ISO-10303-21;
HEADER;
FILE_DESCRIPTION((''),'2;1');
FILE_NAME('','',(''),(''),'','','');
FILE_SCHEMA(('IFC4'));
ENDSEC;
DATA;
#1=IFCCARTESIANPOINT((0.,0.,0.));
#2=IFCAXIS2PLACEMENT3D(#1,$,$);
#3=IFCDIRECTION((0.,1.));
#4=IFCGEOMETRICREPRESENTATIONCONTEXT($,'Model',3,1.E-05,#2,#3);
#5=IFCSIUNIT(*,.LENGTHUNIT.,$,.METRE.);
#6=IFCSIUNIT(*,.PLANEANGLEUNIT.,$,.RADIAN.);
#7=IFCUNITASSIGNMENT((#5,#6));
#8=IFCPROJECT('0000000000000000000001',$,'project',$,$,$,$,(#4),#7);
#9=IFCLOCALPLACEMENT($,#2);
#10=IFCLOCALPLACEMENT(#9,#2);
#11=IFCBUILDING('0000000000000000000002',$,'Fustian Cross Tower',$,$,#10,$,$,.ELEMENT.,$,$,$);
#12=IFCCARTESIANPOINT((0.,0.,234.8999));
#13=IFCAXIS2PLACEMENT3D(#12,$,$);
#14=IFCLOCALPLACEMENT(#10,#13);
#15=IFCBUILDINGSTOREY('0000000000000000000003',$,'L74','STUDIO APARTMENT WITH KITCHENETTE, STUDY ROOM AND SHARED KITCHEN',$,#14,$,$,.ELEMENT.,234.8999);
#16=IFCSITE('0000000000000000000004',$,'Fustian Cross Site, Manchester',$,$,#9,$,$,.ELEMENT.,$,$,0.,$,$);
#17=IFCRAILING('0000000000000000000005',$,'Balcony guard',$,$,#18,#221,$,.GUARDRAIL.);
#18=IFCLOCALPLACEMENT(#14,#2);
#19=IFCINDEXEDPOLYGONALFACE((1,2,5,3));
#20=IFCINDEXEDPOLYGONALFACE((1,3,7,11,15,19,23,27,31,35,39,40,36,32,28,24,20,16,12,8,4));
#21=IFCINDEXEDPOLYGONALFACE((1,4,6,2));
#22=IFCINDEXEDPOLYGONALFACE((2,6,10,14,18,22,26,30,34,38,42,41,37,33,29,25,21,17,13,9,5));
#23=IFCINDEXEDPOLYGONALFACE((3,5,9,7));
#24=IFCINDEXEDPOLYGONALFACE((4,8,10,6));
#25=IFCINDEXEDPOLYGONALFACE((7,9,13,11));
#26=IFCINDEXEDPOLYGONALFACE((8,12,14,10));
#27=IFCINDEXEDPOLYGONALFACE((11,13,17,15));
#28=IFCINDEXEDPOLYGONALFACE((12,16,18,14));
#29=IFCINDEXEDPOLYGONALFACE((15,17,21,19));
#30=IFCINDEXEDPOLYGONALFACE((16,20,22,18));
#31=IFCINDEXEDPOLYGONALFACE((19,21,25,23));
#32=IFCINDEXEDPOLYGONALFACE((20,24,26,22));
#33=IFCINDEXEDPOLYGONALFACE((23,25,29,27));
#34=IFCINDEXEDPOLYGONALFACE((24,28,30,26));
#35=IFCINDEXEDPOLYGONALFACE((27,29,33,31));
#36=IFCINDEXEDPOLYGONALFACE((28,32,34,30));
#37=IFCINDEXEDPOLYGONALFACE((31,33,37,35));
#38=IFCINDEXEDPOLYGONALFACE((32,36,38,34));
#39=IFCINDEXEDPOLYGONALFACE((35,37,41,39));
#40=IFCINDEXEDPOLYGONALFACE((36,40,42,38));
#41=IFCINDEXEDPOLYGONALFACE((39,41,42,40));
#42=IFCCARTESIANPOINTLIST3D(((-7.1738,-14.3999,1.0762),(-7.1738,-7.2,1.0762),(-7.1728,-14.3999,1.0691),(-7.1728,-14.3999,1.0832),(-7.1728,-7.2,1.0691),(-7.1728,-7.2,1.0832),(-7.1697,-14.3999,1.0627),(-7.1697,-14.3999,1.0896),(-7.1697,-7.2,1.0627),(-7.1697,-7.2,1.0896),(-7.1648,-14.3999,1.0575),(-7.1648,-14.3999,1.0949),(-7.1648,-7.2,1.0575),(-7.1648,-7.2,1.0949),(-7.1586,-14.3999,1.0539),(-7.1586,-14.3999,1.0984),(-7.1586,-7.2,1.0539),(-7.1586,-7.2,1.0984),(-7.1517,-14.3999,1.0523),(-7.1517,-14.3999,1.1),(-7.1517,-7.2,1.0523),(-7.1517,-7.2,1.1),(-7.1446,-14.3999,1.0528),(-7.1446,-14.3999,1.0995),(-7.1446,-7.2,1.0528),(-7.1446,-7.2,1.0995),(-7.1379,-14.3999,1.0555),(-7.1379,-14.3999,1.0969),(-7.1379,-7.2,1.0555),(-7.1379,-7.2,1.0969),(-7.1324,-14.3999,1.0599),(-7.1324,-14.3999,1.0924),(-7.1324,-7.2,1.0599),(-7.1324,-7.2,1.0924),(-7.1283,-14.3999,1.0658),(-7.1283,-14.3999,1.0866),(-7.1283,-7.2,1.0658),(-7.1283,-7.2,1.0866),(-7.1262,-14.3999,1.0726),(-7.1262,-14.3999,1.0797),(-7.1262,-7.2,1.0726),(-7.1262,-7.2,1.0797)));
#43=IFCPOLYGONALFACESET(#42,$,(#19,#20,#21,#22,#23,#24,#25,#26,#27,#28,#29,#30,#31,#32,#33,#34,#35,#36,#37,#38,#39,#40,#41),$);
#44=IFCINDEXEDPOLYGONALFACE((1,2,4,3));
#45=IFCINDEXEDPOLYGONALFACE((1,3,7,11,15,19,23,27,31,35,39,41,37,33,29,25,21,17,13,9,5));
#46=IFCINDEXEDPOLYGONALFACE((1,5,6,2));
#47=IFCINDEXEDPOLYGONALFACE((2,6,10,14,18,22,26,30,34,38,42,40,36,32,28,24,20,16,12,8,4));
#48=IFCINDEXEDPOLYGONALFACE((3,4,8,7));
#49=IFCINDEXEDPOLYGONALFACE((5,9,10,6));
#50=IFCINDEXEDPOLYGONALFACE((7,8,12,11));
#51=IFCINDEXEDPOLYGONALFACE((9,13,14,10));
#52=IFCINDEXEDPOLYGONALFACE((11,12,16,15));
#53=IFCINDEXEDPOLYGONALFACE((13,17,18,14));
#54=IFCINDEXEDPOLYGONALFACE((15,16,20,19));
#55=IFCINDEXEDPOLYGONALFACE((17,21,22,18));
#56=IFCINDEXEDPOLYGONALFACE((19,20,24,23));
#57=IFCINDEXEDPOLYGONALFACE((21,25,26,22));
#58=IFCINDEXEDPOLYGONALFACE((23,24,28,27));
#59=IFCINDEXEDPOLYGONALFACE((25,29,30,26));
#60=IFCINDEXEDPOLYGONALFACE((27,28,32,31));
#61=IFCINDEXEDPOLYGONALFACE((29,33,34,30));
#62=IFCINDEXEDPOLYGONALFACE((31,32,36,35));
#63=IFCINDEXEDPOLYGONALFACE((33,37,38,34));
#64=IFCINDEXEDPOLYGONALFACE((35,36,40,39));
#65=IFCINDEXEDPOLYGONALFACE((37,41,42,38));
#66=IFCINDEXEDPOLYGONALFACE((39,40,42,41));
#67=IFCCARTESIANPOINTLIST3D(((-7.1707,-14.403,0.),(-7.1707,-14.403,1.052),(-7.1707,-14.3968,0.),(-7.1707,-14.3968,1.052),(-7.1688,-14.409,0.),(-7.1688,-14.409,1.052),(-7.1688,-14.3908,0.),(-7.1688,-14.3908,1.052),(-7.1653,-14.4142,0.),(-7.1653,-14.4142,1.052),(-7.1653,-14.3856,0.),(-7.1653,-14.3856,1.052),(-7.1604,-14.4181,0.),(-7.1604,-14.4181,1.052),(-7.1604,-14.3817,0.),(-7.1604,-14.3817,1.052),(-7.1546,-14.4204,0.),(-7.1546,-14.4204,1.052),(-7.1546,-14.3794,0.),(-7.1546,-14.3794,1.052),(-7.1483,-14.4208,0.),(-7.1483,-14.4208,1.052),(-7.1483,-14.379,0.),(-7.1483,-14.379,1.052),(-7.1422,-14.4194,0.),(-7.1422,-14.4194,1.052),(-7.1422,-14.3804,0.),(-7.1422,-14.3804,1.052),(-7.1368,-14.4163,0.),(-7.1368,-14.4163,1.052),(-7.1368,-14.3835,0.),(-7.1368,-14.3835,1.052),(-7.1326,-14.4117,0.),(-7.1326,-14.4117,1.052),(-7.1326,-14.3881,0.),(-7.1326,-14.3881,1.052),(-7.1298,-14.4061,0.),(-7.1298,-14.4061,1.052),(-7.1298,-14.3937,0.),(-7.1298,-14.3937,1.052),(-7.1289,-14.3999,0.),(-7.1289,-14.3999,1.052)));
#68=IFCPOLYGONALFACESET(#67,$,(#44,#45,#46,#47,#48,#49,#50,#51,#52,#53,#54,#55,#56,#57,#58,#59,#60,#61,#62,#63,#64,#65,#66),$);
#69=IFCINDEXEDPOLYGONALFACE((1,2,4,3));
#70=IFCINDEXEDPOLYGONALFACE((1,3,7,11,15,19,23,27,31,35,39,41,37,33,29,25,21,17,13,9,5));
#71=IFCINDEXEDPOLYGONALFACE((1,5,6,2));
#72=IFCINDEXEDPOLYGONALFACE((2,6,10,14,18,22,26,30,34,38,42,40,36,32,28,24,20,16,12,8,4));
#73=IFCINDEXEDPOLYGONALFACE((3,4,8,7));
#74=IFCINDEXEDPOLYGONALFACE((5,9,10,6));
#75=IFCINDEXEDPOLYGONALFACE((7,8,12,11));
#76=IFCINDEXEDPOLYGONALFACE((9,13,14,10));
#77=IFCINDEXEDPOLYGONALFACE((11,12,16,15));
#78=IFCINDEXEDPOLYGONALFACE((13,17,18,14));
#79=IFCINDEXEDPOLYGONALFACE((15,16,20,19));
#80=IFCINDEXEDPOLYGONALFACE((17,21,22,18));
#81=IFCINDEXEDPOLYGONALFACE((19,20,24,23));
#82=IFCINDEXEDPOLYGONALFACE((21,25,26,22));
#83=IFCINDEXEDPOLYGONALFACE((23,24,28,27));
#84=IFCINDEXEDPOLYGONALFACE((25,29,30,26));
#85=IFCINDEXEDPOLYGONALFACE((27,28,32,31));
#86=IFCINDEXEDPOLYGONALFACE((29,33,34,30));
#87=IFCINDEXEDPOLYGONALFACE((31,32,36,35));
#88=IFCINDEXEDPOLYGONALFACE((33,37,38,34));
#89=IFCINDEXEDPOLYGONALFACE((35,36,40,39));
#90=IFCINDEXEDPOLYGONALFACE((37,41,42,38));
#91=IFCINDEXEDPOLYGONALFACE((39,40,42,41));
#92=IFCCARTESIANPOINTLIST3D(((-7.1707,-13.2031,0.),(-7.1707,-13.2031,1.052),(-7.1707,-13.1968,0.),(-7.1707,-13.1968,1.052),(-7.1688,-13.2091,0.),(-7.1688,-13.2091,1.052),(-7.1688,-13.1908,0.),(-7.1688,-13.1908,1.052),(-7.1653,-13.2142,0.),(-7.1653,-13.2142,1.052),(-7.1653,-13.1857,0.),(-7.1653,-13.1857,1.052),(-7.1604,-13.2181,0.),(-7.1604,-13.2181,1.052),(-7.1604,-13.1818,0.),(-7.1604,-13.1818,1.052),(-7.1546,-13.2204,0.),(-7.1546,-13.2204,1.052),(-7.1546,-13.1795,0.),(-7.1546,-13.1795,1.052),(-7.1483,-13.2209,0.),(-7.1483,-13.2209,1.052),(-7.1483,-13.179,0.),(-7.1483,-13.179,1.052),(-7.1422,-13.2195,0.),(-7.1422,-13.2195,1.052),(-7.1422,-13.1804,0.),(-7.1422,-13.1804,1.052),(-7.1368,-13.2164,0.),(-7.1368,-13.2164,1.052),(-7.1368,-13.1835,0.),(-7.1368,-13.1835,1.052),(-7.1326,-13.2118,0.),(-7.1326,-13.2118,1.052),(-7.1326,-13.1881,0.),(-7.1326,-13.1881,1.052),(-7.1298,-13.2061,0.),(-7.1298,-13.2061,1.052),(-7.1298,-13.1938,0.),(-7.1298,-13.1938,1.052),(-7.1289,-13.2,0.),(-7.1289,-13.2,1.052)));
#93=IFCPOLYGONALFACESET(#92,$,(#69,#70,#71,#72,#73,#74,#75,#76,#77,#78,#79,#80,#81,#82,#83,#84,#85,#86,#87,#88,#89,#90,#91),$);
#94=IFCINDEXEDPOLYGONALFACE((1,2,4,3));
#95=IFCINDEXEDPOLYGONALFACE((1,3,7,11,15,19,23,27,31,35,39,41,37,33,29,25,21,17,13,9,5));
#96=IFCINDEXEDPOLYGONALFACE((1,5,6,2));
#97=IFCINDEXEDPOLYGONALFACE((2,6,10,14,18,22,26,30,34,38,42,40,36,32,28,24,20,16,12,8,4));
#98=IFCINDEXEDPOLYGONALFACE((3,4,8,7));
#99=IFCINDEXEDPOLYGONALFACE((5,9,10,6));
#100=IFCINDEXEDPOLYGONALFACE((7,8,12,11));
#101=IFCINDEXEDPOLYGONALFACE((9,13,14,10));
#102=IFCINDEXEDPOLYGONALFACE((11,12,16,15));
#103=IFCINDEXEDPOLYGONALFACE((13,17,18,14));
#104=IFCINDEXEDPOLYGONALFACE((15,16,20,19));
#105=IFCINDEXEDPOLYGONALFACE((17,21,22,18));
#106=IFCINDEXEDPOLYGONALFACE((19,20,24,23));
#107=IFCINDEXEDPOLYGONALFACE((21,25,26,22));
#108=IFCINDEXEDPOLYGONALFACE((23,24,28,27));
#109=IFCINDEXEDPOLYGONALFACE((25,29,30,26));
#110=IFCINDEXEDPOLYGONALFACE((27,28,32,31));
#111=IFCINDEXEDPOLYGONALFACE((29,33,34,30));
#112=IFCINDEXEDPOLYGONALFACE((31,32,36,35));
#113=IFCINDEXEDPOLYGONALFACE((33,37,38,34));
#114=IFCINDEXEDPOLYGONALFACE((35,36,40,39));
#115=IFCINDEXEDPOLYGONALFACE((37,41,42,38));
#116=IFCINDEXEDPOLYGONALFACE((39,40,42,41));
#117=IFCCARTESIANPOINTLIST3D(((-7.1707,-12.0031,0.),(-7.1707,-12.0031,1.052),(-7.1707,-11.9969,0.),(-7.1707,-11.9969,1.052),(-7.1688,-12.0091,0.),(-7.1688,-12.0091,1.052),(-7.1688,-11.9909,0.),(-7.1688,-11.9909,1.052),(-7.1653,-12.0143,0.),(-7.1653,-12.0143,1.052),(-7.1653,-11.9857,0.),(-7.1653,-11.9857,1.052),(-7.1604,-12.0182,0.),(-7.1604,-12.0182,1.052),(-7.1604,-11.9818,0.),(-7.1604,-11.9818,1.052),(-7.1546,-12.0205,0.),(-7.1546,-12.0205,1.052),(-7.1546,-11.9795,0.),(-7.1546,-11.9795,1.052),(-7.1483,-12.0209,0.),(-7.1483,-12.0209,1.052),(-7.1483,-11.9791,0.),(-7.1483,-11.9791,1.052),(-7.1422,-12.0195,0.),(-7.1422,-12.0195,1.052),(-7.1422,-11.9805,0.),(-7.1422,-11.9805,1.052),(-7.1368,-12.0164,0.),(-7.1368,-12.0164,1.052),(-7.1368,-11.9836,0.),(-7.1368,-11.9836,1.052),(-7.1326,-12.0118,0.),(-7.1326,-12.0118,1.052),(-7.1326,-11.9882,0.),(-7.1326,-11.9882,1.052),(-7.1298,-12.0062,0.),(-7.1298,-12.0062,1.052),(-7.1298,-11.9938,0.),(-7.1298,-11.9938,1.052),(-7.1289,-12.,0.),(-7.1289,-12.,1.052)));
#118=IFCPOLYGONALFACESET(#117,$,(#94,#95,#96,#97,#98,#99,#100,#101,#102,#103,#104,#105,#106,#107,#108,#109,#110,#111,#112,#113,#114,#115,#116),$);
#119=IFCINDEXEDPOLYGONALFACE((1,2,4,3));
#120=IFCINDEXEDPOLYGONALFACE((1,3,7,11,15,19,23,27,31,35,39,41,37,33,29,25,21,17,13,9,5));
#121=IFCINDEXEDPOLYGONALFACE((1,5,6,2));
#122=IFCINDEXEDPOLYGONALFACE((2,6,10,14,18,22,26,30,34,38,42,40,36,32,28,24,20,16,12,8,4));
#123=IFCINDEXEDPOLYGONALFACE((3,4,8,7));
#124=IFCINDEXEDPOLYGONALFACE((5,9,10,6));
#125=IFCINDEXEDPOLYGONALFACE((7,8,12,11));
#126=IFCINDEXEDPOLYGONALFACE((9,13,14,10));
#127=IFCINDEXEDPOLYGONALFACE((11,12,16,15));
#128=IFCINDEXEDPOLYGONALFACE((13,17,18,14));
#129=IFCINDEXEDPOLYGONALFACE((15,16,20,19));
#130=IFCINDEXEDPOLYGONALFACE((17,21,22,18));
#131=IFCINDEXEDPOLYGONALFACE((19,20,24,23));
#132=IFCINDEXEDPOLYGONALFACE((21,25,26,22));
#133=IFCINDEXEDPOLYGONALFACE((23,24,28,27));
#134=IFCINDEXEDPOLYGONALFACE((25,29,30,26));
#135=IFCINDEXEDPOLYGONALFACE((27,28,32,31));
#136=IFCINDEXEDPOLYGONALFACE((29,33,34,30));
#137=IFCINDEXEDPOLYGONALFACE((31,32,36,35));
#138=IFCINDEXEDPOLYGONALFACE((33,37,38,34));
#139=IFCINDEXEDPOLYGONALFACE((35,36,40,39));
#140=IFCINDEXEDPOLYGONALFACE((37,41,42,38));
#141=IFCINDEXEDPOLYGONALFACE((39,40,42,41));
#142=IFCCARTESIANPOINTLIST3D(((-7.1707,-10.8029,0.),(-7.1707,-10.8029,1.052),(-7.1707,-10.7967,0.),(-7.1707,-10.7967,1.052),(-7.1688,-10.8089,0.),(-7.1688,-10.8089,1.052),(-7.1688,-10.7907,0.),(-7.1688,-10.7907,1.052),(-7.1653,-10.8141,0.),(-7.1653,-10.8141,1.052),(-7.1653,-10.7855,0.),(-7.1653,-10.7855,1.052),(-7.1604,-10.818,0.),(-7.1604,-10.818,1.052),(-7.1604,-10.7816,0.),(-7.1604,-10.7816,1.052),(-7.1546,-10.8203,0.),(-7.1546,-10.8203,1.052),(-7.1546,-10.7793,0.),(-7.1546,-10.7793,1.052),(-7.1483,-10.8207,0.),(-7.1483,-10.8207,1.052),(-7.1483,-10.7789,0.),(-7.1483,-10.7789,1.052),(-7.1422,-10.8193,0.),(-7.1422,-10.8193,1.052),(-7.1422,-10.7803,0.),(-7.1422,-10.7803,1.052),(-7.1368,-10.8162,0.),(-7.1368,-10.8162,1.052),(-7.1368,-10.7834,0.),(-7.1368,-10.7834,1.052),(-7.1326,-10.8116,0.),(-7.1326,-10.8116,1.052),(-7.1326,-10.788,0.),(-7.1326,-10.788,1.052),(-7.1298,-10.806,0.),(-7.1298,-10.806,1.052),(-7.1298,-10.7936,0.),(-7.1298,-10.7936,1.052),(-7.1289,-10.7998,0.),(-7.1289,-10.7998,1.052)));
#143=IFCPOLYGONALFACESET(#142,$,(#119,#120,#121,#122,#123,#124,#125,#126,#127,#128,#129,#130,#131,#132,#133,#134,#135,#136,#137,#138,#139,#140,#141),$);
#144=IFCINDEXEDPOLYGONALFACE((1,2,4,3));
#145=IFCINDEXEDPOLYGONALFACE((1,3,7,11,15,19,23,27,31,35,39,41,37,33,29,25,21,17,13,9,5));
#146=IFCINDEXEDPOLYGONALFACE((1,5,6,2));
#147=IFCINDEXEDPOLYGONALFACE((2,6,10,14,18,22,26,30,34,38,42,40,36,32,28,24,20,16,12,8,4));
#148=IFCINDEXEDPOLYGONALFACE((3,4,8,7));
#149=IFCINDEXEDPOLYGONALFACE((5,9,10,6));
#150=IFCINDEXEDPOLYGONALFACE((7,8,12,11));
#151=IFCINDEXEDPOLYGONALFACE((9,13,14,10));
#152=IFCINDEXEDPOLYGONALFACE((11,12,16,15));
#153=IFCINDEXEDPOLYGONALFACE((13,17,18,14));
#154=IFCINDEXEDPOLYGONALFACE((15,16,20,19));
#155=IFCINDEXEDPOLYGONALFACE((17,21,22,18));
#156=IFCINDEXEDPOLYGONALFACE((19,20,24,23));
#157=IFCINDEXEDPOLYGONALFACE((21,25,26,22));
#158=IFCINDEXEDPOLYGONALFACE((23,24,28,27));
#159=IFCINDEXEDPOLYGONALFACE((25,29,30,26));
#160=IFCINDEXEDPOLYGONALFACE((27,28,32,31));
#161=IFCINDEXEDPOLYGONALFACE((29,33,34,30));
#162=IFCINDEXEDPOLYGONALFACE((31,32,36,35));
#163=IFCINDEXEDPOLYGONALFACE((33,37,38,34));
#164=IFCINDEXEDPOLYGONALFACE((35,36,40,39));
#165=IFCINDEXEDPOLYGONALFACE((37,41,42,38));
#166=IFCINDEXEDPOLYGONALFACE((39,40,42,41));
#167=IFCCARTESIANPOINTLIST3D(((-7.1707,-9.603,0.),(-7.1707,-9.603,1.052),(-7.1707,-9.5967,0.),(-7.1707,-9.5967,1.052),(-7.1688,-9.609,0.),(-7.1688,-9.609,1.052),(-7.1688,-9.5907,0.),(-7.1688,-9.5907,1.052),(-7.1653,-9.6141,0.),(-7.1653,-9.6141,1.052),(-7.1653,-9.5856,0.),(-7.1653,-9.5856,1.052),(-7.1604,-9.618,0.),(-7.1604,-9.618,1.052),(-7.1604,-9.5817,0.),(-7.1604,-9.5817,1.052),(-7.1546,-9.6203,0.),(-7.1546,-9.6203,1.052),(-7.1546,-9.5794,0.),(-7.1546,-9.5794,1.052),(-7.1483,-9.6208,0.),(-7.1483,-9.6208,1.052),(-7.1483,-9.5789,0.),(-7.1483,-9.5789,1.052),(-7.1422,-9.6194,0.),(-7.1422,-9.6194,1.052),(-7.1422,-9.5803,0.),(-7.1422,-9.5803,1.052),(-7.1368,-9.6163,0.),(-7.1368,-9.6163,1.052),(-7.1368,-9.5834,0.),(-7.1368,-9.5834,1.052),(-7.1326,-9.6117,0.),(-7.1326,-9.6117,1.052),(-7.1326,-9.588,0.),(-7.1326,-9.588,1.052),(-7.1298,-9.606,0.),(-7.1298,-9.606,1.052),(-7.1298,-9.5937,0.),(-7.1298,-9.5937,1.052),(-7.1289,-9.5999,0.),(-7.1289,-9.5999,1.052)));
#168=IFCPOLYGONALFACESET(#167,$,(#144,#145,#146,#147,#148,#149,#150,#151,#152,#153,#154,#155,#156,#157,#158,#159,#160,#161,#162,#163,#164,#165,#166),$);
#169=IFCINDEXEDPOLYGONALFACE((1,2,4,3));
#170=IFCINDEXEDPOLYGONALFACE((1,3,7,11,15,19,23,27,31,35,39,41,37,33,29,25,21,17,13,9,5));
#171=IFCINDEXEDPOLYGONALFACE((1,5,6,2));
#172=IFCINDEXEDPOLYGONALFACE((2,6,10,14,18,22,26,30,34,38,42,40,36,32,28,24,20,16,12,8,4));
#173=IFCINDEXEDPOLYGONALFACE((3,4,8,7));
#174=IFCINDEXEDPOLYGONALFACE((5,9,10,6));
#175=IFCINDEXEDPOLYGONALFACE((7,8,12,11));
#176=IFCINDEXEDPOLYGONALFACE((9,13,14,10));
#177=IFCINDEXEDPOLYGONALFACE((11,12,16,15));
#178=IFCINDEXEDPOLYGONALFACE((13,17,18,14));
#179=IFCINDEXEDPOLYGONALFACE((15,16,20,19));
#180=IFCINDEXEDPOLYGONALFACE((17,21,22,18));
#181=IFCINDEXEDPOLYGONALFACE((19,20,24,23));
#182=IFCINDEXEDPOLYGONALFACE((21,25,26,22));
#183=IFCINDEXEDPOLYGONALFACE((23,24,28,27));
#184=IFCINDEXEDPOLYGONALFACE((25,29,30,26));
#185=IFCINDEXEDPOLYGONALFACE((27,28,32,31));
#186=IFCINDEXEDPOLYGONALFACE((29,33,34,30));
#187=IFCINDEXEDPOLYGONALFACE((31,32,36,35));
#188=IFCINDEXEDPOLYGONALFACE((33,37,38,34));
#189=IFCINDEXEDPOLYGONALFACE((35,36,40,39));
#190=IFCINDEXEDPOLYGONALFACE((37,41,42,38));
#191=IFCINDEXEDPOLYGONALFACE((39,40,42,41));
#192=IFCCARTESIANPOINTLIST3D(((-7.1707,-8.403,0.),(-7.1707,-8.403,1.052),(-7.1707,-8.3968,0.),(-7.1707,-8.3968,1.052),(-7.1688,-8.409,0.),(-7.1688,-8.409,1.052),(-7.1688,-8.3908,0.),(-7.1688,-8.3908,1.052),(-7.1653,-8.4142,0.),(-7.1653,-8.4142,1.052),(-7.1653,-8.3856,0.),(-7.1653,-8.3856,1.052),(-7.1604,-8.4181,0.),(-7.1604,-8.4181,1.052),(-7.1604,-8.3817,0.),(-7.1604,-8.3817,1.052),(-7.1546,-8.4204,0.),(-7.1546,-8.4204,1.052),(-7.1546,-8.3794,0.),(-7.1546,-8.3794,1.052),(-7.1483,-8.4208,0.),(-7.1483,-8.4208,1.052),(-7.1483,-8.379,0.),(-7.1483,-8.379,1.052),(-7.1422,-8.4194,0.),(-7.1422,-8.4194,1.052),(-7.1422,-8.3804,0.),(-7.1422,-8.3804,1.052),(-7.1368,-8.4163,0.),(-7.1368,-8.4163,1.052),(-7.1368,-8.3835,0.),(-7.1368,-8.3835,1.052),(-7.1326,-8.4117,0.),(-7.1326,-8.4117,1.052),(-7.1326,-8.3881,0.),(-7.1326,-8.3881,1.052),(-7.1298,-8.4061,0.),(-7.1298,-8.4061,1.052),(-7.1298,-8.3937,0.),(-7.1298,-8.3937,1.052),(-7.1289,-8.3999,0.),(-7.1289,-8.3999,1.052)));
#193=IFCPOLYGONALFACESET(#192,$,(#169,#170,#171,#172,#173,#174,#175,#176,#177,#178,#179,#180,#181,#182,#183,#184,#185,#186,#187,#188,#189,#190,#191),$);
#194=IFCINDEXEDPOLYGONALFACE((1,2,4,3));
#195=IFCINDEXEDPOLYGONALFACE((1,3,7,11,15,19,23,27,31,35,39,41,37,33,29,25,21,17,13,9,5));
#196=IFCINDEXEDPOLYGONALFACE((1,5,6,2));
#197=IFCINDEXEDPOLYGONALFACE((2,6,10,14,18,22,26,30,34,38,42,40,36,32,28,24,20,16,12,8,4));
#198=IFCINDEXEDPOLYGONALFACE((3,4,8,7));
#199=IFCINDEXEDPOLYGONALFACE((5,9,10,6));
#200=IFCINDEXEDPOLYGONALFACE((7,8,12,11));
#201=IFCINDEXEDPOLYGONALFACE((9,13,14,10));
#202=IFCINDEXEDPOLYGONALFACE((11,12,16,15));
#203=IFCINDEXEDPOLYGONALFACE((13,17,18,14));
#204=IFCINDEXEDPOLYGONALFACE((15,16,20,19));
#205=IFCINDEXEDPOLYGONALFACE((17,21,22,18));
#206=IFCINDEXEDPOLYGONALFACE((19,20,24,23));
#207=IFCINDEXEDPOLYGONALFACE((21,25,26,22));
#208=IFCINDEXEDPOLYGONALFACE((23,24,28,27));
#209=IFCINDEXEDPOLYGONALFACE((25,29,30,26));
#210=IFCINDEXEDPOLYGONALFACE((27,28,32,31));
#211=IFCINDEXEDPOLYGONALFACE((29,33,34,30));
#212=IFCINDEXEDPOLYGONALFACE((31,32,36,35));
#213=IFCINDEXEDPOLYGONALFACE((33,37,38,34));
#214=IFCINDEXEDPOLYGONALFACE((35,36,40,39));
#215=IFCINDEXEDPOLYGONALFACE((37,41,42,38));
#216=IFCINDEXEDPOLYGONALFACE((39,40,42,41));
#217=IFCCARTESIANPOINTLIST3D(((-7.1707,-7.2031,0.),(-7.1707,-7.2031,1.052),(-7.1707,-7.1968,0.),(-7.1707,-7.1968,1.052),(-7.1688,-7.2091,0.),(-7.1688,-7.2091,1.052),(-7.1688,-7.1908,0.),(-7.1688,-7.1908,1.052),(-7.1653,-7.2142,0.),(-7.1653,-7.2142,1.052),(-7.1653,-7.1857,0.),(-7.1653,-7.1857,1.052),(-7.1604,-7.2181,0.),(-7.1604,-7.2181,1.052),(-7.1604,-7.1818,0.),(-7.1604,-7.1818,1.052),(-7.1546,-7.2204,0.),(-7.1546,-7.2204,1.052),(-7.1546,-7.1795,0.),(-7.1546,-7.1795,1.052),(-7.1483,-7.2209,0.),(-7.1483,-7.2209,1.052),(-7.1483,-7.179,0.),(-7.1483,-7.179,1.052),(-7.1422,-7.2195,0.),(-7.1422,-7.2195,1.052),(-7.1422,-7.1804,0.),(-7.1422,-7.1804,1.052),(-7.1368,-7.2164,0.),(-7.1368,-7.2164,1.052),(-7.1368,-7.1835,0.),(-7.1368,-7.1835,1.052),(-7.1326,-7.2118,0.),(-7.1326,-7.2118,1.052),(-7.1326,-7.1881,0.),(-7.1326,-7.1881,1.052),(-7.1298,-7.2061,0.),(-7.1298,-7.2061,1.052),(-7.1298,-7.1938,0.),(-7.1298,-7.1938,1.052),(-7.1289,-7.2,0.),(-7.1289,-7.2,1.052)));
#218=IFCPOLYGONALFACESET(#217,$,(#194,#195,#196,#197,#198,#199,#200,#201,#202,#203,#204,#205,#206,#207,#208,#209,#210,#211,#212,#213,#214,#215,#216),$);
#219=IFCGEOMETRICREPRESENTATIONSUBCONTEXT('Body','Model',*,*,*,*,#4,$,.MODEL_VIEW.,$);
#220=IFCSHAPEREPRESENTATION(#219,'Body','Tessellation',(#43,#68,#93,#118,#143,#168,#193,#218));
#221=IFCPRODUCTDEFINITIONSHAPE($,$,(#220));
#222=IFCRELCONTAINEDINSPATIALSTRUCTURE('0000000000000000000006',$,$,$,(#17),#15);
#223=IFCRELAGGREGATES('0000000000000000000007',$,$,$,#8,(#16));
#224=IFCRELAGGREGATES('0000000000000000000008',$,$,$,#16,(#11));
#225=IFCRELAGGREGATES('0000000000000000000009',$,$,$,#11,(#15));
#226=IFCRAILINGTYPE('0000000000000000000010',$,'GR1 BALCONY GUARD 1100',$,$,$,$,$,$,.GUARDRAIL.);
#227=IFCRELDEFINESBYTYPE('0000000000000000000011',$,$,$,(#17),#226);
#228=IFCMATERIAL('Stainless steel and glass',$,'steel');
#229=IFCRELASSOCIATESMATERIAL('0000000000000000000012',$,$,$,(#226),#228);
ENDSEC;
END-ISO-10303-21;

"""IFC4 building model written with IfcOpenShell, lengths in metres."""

from ifc_helpers import new_model, si_unit, direction, frame, origin, origin_2d, place, context, subcontext, project, spatial, circle, extrude, material, type_object, element, save


model = new_model("IFC4")

# Units and contexts
model_context = context("Model", 3, precision=1e-05, world=origin(), true_north=direction((0.0, 1.0)))
body_context = subcontext(model_context, "Body", "Model", "MODEL_VIEW")
ifc_project = project(units=[si_unit("LENGTHUNIT", "METRE"), si_unit("PLANEANGLEUNIT", "RADIAN")], contexts=[model_context])

# Site, building, storey
site_placement = place(None, origin())
site = spatial("IfcSite", under=ifc_project, at=site_placement, Name="Fustian Cross Site, Manchester", CompositionType="ELEMENT", RefElevation=0.0)
building_placement = place(site_placement, origin())
building = spatial("IfcBuilding", under=site, at=building_placement, Name="Fustian Cross Tower", CompositionType="ELEMENT")
storey_placement = place(building_placement, frame((0.0, 0.0, 234.8999)))
storey = spatial("IfcBuildingStorey", under=building, at=storey_placement, Name="L74", Description="STUDIO APARTMENT WITH KITCHENETTE, STUDY ROOM AND SHARED KITCHEN", CompositionType="ELEMENT", Elevation=234.8999)

# Railing
ifc_material_1 = material(Name="Stainless steel and glass", Category="steel")
railing_type = type_object("IfcRailingType", Name="GR1 BALCONY GUARD 1100", PredefinedType="GUARDRAIL", material=ifc_material_1)
railing_placement = place(storey_placement, frame((-7.1499, -14.3999, 0.0)))
element("IfcRailing", 1, at=railing_placement, inside=storey, type_object=railing_type, Name="Balcony guard", PredefinedType="GUARDRAIL", context=body_context, shape_type="SweptSolid", body=[
    extrude(circle(Radius=0.0239, at=origin_2d()), frame((0.0, 0.0, 1.0762), z_axis=(0.0, 1.0, 0.0), x_axis=(-1.0, 0.0, 0.0)), (0.0, 0.0, 1.0), 7.2),
    extrude(circle(Radius=0.021, at=origin_2d()), origin(), (0.0, 0.0, 1.0), 1.052),
    extrude(circle(Radius=0.021, at=origin_2d()), frame((0.0, 1.2, 0.0)), (0.0, 0.0, 1.0), 1.052),
    extrude(circle(Radius=0.021, at=origin_2d()), frame((0.0, 2.3999, 0.0)), (0.0, 0.0, 1.0), 1.052),
    extrude(circle(Radius=0.021, at=origin_2d()), frame((0.0, 3.6001, 0.0)), (0.0, 0.0, 1.0), 1.052),
    extrude(circle(Radius=0.021, at=origin_2d()), frame((0.0, 4.8, 0.0)), (0.0, 0.0, 1.0), 1.052),
    extrude(circle(Radius=0.021, at=origin_2d()), frame((0.0, 6.0, 0.0)), (0.0, 0.0, 1.0), 1.052),
    extrude(circle(Radius=0.021, at=origin_2d()), frame((0.0, 7.2, 0.0)), (0.0, 0.0, 1.0), 1.052),
])

save(model, "model.ifc")
